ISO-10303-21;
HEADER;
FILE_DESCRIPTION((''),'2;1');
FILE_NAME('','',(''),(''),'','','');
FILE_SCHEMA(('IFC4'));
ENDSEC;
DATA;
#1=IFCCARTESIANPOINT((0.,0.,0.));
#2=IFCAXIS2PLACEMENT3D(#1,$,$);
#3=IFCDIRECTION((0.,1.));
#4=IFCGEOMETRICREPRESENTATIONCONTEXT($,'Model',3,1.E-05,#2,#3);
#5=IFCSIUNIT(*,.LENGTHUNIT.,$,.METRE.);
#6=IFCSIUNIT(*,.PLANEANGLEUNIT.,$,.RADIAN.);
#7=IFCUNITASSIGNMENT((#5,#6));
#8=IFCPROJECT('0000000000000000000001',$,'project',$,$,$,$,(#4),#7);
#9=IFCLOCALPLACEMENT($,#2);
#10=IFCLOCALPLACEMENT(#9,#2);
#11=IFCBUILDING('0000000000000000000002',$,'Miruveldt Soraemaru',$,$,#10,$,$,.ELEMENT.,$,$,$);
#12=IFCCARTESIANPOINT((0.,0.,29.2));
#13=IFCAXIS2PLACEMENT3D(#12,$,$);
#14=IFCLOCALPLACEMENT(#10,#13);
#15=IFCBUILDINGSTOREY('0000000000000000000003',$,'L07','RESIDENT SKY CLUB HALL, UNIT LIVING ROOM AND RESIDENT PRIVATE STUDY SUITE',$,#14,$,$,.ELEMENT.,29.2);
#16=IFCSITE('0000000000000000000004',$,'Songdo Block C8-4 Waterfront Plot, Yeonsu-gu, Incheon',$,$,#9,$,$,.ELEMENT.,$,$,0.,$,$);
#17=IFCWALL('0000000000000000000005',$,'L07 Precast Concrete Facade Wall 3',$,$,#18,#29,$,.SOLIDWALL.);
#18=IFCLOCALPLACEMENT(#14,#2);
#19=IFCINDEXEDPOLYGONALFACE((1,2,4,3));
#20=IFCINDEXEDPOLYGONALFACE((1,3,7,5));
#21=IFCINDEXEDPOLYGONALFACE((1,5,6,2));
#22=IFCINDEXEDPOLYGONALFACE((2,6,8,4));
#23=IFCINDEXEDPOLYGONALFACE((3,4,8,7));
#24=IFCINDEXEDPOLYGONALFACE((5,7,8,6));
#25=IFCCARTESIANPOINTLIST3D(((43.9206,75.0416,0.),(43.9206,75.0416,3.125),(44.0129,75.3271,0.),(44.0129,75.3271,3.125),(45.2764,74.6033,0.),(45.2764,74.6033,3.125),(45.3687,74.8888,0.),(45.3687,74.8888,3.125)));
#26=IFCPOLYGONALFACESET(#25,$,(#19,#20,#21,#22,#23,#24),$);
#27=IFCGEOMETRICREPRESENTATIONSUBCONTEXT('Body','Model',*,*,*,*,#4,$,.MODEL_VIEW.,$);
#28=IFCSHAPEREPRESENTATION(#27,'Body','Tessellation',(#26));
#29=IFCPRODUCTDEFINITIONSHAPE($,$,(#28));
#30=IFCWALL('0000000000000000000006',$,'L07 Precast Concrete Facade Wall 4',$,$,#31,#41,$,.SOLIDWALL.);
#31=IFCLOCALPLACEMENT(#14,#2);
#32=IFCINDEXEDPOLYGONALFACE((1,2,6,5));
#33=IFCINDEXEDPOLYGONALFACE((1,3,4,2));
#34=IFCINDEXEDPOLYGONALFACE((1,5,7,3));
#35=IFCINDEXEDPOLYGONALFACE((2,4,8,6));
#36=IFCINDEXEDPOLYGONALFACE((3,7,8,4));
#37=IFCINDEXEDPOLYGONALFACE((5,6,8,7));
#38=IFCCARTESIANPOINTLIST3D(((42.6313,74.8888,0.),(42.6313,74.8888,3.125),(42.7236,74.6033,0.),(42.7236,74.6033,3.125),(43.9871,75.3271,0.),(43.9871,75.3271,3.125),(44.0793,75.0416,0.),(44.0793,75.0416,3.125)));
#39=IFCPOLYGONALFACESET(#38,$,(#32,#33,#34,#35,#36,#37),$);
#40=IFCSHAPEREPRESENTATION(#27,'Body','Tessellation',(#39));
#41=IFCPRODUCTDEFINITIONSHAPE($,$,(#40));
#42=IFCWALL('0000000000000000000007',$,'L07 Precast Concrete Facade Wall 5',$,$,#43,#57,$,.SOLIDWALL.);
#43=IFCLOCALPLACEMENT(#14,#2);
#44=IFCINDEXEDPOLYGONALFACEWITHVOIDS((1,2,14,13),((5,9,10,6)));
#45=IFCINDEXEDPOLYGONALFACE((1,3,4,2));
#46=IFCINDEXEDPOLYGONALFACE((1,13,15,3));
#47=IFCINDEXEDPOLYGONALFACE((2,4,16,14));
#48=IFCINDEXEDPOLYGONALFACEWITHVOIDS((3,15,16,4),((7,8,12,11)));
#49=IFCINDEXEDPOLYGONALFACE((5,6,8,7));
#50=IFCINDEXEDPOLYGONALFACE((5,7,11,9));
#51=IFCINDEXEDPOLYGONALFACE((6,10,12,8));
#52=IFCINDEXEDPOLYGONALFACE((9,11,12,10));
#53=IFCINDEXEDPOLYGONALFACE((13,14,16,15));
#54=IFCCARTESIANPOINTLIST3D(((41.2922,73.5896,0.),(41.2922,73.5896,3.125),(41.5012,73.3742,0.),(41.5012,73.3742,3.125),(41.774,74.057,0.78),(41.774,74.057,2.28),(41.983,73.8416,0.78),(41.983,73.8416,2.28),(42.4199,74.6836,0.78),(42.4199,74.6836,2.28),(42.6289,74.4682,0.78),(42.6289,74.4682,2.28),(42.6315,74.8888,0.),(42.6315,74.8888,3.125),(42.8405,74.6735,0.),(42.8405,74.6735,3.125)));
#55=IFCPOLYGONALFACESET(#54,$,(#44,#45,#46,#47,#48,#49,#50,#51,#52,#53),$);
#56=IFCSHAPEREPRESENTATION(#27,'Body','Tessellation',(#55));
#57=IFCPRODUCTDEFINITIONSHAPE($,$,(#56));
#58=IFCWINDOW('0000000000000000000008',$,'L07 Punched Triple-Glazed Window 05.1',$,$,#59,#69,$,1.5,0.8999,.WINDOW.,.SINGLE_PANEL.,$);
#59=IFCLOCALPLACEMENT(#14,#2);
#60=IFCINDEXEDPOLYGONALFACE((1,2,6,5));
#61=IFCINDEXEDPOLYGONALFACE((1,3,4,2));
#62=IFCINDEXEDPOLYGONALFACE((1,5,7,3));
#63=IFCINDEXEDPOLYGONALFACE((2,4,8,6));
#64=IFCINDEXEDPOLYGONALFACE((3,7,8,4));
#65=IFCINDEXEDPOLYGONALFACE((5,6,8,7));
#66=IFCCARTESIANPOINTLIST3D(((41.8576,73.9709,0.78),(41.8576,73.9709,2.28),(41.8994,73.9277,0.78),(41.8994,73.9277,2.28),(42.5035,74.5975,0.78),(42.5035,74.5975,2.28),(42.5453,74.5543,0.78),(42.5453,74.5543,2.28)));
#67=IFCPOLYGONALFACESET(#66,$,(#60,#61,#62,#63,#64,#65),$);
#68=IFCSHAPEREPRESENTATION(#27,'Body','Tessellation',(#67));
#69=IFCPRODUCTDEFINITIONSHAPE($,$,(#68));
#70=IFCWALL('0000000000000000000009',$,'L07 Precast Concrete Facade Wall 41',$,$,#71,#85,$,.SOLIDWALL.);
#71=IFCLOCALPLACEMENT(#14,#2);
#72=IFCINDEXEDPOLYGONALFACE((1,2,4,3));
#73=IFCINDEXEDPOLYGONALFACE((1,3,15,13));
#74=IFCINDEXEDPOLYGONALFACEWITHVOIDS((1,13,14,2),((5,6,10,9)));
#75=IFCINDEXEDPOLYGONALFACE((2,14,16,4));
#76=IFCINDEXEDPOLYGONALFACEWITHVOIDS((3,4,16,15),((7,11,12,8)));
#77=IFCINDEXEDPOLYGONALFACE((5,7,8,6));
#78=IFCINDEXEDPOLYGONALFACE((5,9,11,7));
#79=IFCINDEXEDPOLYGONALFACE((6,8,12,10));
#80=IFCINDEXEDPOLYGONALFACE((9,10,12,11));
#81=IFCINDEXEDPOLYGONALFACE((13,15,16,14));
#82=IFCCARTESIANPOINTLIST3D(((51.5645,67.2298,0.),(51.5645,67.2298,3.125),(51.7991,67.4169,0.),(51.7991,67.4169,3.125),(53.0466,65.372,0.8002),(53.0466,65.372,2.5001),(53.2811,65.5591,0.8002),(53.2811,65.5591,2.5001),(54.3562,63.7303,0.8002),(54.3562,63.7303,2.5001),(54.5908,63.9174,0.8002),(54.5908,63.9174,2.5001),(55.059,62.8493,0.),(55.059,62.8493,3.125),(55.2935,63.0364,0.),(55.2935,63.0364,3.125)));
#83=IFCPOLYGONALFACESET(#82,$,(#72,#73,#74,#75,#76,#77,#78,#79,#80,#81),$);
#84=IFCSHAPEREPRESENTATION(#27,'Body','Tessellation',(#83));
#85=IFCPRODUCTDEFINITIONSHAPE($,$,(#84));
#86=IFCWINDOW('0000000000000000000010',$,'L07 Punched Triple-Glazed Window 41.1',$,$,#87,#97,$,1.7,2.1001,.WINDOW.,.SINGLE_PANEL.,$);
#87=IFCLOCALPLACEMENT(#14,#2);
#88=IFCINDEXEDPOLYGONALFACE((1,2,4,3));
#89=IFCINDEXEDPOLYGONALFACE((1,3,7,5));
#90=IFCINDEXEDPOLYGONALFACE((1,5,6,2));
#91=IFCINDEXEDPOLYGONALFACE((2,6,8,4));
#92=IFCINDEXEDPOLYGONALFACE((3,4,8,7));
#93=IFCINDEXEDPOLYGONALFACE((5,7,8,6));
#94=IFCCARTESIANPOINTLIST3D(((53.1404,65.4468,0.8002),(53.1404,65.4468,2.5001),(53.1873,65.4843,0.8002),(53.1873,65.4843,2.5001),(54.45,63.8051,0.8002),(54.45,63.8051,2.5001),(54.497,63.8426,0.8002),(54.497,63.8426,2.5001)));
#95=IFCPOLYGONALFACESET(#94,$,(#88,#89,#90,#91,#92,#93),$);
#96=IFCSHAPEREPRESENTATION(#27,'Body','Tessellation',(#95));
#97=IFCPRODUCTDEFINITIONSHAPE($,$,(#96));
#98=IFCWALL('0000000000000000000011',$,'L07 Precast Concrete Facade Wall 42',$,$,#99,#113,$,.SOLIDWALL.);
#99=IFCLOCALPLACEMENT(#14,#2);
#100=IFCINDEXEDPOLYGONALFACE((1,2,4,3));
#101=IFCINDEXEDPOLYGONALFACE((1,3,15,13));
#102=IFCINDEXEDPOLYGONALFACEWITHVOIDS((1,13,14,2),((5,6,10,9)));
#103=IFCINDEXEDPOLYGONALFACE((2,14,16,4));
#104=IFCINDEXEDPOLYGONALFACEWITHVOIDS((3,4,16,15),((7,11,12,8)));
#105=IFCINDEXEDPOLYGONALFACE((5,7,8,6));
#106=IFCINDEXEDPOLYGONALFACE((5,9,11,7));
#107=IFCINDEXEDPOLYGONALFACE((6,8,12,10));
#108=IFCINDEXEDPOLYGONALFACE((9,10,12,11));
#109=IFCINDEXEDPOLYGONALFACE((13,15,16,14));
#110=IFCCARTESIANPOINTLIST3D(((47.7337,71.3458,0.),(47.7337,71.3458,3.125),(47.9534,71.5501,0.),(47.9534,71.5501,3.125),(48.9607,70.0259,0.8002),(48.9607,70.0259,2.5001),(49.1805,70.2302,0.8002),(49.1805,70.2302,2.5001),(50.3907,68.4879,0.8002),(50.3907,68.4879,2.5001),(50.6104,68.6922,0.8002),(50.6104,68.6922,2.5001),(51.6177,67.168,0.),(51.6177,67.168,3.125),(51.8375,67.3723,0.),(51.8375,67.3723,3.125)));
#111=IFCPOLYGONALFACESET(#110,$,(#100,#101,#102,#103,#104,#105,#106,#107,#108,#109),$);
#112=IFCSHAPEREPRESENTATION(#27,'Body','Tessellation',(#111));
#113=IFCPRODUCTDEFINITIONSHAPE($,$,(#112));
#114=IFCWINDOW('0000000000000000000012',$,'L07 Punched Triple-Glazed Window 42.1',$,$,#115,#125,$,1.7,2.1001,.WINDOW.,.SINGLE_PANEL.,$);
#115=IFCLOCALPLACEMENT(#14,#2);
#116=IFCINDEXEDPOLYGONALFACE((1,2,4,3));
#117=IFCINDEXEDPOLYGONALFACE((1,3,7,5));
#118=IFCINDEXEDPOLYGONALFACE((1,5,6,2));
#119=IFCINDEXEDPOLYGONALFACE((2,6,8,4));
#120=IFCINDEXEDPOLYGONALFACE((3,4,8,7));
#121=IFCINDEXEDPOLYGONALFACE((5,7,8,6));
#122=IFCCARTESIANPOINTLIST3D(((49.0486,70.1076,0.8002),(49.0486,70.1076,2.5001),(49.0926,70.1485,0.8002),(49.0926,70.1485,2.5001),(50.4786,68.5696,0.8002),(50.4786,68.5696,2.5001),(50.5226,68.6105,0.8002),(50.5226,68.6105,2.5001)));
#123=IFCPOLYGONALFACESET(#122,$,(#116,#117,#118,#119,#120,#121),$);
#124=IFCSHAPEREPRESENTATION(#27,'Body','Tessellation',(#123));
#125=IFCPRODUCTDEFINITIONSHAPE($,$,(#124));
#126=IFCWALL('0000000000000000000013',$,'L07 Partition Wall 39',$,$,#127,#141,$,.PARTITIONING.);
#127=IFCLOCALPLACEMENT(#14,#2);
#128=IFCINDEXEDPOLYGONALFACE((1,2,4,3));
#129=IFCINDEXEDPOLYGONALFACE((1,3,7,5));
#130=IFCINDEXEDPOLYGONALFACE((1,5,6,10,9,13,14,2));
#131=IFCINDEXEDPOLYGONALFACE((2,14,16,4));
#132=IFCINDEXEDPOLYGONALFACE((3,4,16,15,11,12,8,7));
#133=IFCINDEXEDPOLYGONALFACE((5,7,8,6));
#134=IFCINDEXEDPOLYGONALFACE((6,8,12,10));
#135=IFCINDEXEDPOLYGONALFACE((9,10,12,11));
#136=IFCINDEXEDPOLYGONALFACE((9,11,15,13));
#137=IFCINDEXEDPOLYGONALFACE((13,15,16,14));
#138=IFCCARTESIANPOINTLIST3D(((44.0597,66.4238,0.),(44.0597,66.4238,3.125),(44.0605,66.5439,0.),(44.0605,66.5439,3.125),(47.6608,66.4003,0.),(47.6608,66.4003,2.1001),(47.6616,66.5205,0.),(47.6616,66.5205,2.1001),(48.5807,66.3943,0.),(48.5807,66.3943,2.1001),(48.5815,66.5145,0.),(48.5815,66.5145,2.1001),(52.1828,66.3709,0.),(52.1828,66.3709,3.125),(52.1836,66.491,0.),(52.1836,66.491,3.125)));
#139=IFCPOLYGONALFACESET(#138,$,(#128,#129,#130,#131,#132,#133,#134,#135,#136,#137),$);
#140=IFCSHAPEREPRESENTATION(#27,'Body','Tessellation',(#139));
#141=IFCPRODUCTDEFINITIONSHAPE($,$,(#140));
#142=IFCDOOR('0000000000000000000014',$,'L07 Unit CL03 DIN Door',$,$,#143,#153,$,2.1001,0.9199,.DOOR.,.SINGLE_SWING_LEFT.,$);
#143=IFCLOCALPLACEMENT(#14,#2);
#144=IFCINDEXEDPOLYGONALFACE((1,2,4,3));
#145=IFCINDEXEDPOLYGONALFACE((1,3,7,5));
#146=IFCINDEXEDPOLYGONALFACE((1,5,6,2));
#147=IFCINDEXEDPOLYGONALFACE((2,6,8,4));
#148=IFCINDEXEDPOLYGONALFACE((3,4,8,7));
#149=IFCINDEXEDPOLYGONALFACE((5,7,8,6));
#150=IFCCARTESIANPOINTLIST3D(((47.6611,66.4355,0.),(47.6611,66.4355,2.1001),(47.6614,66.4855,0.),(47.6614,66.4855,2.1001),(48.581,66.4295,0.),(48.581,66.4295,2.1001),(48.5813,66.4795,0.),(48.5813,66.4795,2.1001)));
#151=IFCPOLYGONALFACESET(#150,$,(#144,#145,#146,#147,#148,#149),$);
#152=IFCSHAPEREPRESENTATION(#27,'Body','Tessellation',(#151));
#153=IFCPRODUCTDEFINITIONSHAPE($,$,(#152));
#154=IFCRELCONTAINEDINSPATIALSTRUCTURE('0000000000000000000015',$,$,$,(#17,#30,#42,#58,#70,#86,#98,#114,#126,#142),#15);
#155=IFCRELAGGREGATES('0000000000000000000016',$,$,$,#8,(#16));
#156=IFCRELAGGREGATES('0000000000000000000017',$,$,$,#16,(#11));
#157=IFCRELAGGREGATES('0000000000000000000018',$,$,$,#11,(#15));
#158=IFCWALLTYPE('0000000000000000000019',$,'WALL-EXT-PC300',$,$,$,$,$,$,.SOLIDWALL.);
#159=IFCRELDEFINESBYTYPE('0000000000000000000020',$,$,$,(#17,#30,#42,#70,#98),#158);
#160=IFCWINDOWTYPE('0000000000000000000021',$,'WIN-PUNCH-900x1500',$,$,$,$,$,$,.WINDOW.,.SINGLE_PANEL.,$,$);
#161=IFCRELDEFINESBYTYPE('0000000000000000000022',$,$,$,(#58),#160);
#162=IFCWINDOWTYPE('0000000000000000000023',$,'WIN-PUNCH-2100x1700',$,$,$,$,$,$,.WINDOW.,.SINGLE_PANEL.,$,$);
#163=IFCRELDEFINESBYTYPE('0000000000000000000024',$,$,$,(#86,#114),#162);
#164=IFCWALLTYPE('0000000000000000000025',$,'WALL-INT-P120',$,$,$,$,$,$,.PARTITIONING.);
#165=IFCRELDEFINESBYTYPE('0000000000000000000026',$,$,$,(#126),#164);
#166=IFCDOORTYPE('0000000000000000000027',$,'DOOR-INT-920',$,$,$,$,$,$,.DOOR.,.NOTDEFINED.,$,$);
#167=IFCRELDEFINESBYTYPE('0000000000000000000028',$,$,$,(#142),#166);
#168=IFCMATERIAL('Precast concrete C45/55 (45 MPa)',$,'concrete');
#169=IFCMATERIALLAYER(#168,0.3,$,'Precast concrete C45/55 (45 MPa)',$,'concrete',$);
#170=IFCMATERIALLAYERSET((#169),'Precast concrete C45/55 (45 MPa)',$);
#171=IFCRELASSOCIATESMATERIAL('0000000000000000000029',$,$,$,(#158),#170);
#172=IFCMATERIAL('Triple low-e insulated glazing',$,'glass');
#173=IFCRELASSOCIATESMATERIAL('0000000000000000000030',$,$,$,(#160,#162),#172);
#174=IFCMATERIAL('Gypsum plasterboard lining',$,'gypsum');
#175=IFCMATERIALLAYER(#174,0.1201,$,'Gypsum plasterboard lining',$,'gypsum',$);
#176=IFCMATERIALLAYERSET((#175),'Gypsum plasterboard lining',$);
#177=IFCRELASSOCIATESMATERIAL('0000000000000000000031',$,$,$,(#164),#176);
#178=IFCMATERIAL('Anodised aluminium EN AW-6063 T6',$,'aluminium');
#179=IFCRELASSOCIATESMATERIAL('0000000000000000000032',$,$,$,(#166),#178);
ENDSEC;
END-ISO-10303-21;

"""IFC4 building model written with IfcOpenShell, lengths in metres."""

from ifc_helpers import new_model, si_unit, direction, frame, frame_2d, origin, place, context, subcontext, project, spatial, rectangle, extrude, material, layer, layer_set, type_object, element, fill, save


model = new_model("IFC4")

# Units and contexts
model_context = context("Model", 3, precision=1e-05, world=origin(), true_north=direction((0.0, 1.0)))
body_context = subcontext(model_context, "Body", "Model", "MODEL_VIEW")
ifc_project = project(units=[si_unit("LENGTHUNIT", "METRE"), si_unit("PLANEANGLEUNIT", "RADIAN")], contexts=[model_context])

# Site, building, storey
site_placement = place(None, origin())
site = spatial("IfcSite", under=ifc_project, at=site_placement, Name="Songdo Block C8-4 Waterfront Plot, Yeonsu-gu, Incheon", CompositionType="ELEMENT", RefElevation=0.0)
building_placement = place(site_placement, origin())
building = spatial("IfcBuilding", under=site, at=building_placement, Name="Miruveldt Soraemaru", CompositionType="ELEMENT")
storey_placement = place(building_placement, frame((0.0, 0.0, 29.2)))
storey = spatial("IfcBuildingStorey", under=building, at=storey_placement, Name="L07", Description="RESIDENT SKY CLUB HALL, UNIT LIVING ROOM AND RESIDENT PRIVATE STUDY SUITE", CompositionType="ELEMENT", Elevation=29.2)

# Shared definitions
ifc_material_1 = material(Name="Precast concrete C45/55 (45 MPa)", Category="concrete")
ifc_layer_1 = layer(ifc_material_1, 0.3, Name="Precast concrete C45/55 (45 MPa)", Category="concrete")
ifc_layer_set_1 = layer_set([ifc_layer_1], Name="Precast concrete C45/55 (45 MPa)")
wall_type_1 = type_object("IfcWallType", Name="WALL-EXT-PC300", PredefinedType="SOLIDWALL", material=ifc_layer_set_1)
ifc_material_2 = material(Name="Triple low-e insulated glazing", Category="glass")

# Walls
for number, where, z_axis, x_axis, name in (
    (1, (45.3225, 74.7461, 0.0), (0.0, 0.0, 1.0), (-0.951523, 0.307578, 0.0), "L07 Precast Concrete Facade Wall 3"),
    (2, (44.0332, 75.1843, 0.0), (0.0, 0.0, 1.0), (-0.951523, -0.307578, 0.0), "L07 Precast Concrete Facade Wall 4"),
):
    element("IfcWall", number, at=place(storey_placement, frame(where, z_axis=z_axis, x_axis=x_axis)), inside=storey, type_object=wall_type_1, Name=name, PredefinedType="SOLIDWALL", context=body_context, shape_type="SweptSolid", body=[
        extrude(rectangle(XDim=1.4248, YDim=0.3, at=frame_2d((0.7124, 0.0))), origin(), (0.0, 0.0, 1.0), 3.125),
    ])

# Walls, openings, windows
wall_1_placement = place(storey_placement, frame((42.7361, 74.7812, 0.0), z_axis=(0.0, 0.0, 1.0), x_axis=(-0.717754, -0.696297, 0.0)))
wall_1 = element("IfcWall", 3, at=wall_1_placement, inside=storey, type_object=wall_type_1, Name="L07 Precast Concrete Facade Wall 5", PredefinedType="SOLIDWALL", context=body_context, shape_type="SweptSolid", body=[
    extrude(rectangle(XDim=1.866, YDim=0.3, at=frame_2d((0.9331, 0.0))), origin(), (0.0, 0.0, 1.0), 3.125),
])
opening_1_placement = place(wall_1_placement, frame((0.2949, 0.0, 0.78)))
opening_1 = element("IfcOpeningElement", 4, at=opening_1_placement, cuts=wall_1, PredefinedType="OPENING", context=body_context, shape_type="SweptSolid", body=[
    extrude(rectangle(XDim=0.8999, YDim=1.5, at=frame_2d((0.45, 0.75))), frame((0.0, 0.1602, 0.0), z_axis=(0.0, -1.0, 0.0), x_axis=(1.0, 0.0, 0.0)), (0.0, 0.0, 1.0), 0.3201),
])
window_type_1 = type_object("IfcWindowType", Name="WIN-PUNCH-900x1500", PartitioningType="SINGLE_PANEL", PredefinedType="WINDOW", material=ifc_material_2)
window_1_placement = place(opening_1_placement, origin())
window_1 = element("IfcWindow", 5, at=window_1_placement, inside=storey, type_object=window_type_1, Name="L07 Punched Triple-Glazed Window 05.1", OverallHeight=1.5, OverallWidth=0.8999, PartitioningType="SINGLE_PANEL", PredefinedType="WINDOW", context=body_context, shape_type="SweptSolid", body=[
    extrude(rectangle(XDim=0.8999, YDim=1.5, at=frame_2d((0.45, 0.75))), frame((0.0, 0.03, 0.0), z_axis=(0.0, -1.0, 0.0), x_axis=(1.0, 0.0, 0.0)), (0.0, 0.0, 1.0), 0.0601),
])
fill(opening_1, window_1)
wall_2_placement = place(storey_placement, frame((55.1763, 62.9429, 0.0), z_axis=(0.0, 0.0, 1.0), x_axis=(-0.623616, 0.781731, 0.0)))
wall_2 = element("IfcWall", 6, at=wall_2_placement, inside=storey, type_object=wall_type_1, Name="L07 Precast Concrete Facade Wall 41", PredefinedType="SOLIDWALL", context=body_context, shape_type="SweptSolid", body=[
    extrude(rectangle(XDim=5.6035, YDim=0.3, at=frame_2d((2.8018, 0.0))), origin(), (0.0, 0.0, 1.0), 3.125),
])
opening_2_placement = place(wall_2_placement, frame((1.127, 0.0, 0.8)))
opening_2 = element("IfcOpeningElement", 7, at=opening_2_placement, cuts=wall_2, PredefinedType="OPENING", context=body_context, shape_type="SweptSolid", body=[
    extrude(rectangle(XDim=2.1001, YDim=1.7, at=frame_2d((1.05, 0.8501))), frame((0.0, 0.1602, 0.0), z_axis=(0.0, -1.0, 0.0), x_axis=(1.0, 0.0, 0.0)), (0.0, 0.0, 1.0), 0.3201),
])
window_type_2 = type_object("IfcWindowType", Name="WIN-PUNCH-2100x1700", PartitioningType="SINGLE_PANEL", PredefinedType="WINDOW", material=ifc_material_2)
window_2_placement = place(opening_2_placement, origin())
window_2 = element("IfcWindow", 8, at=window_2_placement, inside=storey, type_object=window_type_2, Name="L07 Punched Triple-Glazed Window 41.1", OverallHeight=1.7, OverallWidth=2.1001, PartitioningType="SINGLE_PANEL", PredefinedType="WINDOW", context=body_context, shape_type="SweptSolid", body=[
    extrude(rectangle(XDim=2.1001, YDim=1.7, at=frame_2d((1.05, 0.8501))), frame((0.0, 0.03, 0.0), z_axis=(0.0, -1.0, 0.0), x_axis=(1.0, 0.0, 0.0)), (0.0, 0.0, 1.0), 0.0601),
])
fill(opening_2, window_2)
wall_3_placement = place(storey_placement, frame((51.7275, 67.2703, 0.0), z_axis=(0.0, 0.0, 1.0), x_axis=(-0.680894, 0.732382, 0.0)))
wall_3 = element("IfcWall", 9, at=wall_3_placement, inside=storey, type_object=wall_type_1, Name="L07 Precast Concrete Facade Wall 42", PredefinedType="SOLIDWALL", context=body_context, shape_type="SweptSolid", body=[
    extrude(rectangle(XDim=5.7043, YDim=0.3, at=frame_2d((2.8521, 0.0))), origin(), (0.0, 0.0, 1.0), 3.125),
])
opening_3_placement = place(wall_3_placement, frame((1.802, 0.0, 0.8)))
opening_3 = element("IfcOpeningElement", 10, at=opening_3_placement, cuts=wall_3, PredefinedType="OPENING", context=body_context, shape_type="SweptSolid", body=[
    extrude(rectangle(XDim=2.1001, YDim=1.7, at=frame_2d((1.05, 0.8501))), frame((0.0, 0.1602, 0.0), z_axis=(0.0, -1.0, 0.0), x_axis=(1.0, 0.0, 0.0)), (0.0, 0.0, 1.0), 0.3201),
])
window_3_placement = place(opening_3_placement, origin())
window_3 = element("IfcWindow", 11, at=window_3_placement, inside=storey, type_object=window_type_2, Name="L07 Punched Triple-Glazed Window 42.1", OverallHeight=1.7, OverallWidth=2.1001, PartitioningType="SINGLE_PANEL", PredefinedType="WINDOW", context=body_context, shape_type="SweptSolid", body=[
    extrude(rectangle(XDim=2.1001, YDim=1.7, at=frame_2d((1.05, 0.8501))), frame((0.0, 0.03, 0.0), z_axis=(0.0, -1.0, 0.0), x_axis=(1.0, 0.0, 0.0)), (0.0, 0.0, 1.0), 0.0601),
])
fill(opening_3, window_3)

# Wall, opening, door
ifc_material_3 = material(Name="Gypsum plasterboard lining", Category="gypsum")
ifc_layer_2 = layer(ifc_material_3, 0.1201, Name="Gypsum plasterboard lining", Category="gypsum")
ifc_layer_set_2 = layer_set([ifc_layer_2], Name="Gypsum plasterboard lining")
wall_type_2 = type_object("IfcWallType", Name="WALL-INT-P120", PredefinedType="PARTITIONING", material=ifc_layer_set_2)
wall_4_placement = place(storey_placement, frame((52.1831, 66.4309, 0.0), z_axis=(0.0, 0.0, 1.0), x_axis=(-0.999979, 0.006522, 0.0)))
wall_4 = element("IfcWall", 12, at=wall_4_placement, inside=storey, type_object=wall_type_2, Name="L07 Partition Wall 39", PredefinedType="PARTITIONING", context=body_context, shape_type="SweptSolid", body=[
    extrude(rectangle(XDim=8.1233, YDim=0.1201, at=frame_2d((4.0615, 0.0))), origin(), (0.0, 0.0, 1.0), 3.125),
])
opening_4_placement = place(wall_4_placement, frame((3.6021, 0.0, 0.0)))
opening_4 = element("IfcOpeningElement", 13, at=opening_4_placement, cuts=wall_4, PredefinedType="OPENING", context=body_context, shape_type="SweptSolid", body=[
    extrude(rectangle(XDim=0.9199, YDim=2.1001, at=frame_2d((0.46, 1.05))), frame((0.0, 0.0701, 0.0), z_axis=(0.0, -1.0, 0.0), x_axis=(1.0, 0.0, 0.0)), (0.0, 0.0, 1.0), 0.1401),
])
ifc_material_4 = material(Name="Anodised aluminium EN AW-6063 T6", Category="aluminium")
door_type = type_object("IfcDoorType", Name="DOOR-INT-920", OperationType="NOTDEFINED", PredefinedType="DOOR", material=ifc_material_4)
door_1_placement = place(opening_4_placement, origin())
door_1 = element("IfcDoor", 14, at=door_1_placement, inside=storey, type_object=door_type, Name="L07 Unit CL03 DIN Door", OperationType="SINGLE_SWING_LEFT", OverallHeight=2.1001, OverallWidth=0.9199, PredefinedType="DOOR", context=body_context, shape_type="SweptSolid", body=[
    extrude(rectangle(XDim=0.9199, YDim=2.1001, at=frame_2d((0.46, 1.05))), frame((0.0, 0.0249, 0.0), z_axis=(0.0, -1.0, 0.0), x_axis=(1.0, 0.0, 0.0)), (0.0, 0.0, 1.0), 0.05),
])
fill(opening_4, door_1)

save(model, "model.ifc")
